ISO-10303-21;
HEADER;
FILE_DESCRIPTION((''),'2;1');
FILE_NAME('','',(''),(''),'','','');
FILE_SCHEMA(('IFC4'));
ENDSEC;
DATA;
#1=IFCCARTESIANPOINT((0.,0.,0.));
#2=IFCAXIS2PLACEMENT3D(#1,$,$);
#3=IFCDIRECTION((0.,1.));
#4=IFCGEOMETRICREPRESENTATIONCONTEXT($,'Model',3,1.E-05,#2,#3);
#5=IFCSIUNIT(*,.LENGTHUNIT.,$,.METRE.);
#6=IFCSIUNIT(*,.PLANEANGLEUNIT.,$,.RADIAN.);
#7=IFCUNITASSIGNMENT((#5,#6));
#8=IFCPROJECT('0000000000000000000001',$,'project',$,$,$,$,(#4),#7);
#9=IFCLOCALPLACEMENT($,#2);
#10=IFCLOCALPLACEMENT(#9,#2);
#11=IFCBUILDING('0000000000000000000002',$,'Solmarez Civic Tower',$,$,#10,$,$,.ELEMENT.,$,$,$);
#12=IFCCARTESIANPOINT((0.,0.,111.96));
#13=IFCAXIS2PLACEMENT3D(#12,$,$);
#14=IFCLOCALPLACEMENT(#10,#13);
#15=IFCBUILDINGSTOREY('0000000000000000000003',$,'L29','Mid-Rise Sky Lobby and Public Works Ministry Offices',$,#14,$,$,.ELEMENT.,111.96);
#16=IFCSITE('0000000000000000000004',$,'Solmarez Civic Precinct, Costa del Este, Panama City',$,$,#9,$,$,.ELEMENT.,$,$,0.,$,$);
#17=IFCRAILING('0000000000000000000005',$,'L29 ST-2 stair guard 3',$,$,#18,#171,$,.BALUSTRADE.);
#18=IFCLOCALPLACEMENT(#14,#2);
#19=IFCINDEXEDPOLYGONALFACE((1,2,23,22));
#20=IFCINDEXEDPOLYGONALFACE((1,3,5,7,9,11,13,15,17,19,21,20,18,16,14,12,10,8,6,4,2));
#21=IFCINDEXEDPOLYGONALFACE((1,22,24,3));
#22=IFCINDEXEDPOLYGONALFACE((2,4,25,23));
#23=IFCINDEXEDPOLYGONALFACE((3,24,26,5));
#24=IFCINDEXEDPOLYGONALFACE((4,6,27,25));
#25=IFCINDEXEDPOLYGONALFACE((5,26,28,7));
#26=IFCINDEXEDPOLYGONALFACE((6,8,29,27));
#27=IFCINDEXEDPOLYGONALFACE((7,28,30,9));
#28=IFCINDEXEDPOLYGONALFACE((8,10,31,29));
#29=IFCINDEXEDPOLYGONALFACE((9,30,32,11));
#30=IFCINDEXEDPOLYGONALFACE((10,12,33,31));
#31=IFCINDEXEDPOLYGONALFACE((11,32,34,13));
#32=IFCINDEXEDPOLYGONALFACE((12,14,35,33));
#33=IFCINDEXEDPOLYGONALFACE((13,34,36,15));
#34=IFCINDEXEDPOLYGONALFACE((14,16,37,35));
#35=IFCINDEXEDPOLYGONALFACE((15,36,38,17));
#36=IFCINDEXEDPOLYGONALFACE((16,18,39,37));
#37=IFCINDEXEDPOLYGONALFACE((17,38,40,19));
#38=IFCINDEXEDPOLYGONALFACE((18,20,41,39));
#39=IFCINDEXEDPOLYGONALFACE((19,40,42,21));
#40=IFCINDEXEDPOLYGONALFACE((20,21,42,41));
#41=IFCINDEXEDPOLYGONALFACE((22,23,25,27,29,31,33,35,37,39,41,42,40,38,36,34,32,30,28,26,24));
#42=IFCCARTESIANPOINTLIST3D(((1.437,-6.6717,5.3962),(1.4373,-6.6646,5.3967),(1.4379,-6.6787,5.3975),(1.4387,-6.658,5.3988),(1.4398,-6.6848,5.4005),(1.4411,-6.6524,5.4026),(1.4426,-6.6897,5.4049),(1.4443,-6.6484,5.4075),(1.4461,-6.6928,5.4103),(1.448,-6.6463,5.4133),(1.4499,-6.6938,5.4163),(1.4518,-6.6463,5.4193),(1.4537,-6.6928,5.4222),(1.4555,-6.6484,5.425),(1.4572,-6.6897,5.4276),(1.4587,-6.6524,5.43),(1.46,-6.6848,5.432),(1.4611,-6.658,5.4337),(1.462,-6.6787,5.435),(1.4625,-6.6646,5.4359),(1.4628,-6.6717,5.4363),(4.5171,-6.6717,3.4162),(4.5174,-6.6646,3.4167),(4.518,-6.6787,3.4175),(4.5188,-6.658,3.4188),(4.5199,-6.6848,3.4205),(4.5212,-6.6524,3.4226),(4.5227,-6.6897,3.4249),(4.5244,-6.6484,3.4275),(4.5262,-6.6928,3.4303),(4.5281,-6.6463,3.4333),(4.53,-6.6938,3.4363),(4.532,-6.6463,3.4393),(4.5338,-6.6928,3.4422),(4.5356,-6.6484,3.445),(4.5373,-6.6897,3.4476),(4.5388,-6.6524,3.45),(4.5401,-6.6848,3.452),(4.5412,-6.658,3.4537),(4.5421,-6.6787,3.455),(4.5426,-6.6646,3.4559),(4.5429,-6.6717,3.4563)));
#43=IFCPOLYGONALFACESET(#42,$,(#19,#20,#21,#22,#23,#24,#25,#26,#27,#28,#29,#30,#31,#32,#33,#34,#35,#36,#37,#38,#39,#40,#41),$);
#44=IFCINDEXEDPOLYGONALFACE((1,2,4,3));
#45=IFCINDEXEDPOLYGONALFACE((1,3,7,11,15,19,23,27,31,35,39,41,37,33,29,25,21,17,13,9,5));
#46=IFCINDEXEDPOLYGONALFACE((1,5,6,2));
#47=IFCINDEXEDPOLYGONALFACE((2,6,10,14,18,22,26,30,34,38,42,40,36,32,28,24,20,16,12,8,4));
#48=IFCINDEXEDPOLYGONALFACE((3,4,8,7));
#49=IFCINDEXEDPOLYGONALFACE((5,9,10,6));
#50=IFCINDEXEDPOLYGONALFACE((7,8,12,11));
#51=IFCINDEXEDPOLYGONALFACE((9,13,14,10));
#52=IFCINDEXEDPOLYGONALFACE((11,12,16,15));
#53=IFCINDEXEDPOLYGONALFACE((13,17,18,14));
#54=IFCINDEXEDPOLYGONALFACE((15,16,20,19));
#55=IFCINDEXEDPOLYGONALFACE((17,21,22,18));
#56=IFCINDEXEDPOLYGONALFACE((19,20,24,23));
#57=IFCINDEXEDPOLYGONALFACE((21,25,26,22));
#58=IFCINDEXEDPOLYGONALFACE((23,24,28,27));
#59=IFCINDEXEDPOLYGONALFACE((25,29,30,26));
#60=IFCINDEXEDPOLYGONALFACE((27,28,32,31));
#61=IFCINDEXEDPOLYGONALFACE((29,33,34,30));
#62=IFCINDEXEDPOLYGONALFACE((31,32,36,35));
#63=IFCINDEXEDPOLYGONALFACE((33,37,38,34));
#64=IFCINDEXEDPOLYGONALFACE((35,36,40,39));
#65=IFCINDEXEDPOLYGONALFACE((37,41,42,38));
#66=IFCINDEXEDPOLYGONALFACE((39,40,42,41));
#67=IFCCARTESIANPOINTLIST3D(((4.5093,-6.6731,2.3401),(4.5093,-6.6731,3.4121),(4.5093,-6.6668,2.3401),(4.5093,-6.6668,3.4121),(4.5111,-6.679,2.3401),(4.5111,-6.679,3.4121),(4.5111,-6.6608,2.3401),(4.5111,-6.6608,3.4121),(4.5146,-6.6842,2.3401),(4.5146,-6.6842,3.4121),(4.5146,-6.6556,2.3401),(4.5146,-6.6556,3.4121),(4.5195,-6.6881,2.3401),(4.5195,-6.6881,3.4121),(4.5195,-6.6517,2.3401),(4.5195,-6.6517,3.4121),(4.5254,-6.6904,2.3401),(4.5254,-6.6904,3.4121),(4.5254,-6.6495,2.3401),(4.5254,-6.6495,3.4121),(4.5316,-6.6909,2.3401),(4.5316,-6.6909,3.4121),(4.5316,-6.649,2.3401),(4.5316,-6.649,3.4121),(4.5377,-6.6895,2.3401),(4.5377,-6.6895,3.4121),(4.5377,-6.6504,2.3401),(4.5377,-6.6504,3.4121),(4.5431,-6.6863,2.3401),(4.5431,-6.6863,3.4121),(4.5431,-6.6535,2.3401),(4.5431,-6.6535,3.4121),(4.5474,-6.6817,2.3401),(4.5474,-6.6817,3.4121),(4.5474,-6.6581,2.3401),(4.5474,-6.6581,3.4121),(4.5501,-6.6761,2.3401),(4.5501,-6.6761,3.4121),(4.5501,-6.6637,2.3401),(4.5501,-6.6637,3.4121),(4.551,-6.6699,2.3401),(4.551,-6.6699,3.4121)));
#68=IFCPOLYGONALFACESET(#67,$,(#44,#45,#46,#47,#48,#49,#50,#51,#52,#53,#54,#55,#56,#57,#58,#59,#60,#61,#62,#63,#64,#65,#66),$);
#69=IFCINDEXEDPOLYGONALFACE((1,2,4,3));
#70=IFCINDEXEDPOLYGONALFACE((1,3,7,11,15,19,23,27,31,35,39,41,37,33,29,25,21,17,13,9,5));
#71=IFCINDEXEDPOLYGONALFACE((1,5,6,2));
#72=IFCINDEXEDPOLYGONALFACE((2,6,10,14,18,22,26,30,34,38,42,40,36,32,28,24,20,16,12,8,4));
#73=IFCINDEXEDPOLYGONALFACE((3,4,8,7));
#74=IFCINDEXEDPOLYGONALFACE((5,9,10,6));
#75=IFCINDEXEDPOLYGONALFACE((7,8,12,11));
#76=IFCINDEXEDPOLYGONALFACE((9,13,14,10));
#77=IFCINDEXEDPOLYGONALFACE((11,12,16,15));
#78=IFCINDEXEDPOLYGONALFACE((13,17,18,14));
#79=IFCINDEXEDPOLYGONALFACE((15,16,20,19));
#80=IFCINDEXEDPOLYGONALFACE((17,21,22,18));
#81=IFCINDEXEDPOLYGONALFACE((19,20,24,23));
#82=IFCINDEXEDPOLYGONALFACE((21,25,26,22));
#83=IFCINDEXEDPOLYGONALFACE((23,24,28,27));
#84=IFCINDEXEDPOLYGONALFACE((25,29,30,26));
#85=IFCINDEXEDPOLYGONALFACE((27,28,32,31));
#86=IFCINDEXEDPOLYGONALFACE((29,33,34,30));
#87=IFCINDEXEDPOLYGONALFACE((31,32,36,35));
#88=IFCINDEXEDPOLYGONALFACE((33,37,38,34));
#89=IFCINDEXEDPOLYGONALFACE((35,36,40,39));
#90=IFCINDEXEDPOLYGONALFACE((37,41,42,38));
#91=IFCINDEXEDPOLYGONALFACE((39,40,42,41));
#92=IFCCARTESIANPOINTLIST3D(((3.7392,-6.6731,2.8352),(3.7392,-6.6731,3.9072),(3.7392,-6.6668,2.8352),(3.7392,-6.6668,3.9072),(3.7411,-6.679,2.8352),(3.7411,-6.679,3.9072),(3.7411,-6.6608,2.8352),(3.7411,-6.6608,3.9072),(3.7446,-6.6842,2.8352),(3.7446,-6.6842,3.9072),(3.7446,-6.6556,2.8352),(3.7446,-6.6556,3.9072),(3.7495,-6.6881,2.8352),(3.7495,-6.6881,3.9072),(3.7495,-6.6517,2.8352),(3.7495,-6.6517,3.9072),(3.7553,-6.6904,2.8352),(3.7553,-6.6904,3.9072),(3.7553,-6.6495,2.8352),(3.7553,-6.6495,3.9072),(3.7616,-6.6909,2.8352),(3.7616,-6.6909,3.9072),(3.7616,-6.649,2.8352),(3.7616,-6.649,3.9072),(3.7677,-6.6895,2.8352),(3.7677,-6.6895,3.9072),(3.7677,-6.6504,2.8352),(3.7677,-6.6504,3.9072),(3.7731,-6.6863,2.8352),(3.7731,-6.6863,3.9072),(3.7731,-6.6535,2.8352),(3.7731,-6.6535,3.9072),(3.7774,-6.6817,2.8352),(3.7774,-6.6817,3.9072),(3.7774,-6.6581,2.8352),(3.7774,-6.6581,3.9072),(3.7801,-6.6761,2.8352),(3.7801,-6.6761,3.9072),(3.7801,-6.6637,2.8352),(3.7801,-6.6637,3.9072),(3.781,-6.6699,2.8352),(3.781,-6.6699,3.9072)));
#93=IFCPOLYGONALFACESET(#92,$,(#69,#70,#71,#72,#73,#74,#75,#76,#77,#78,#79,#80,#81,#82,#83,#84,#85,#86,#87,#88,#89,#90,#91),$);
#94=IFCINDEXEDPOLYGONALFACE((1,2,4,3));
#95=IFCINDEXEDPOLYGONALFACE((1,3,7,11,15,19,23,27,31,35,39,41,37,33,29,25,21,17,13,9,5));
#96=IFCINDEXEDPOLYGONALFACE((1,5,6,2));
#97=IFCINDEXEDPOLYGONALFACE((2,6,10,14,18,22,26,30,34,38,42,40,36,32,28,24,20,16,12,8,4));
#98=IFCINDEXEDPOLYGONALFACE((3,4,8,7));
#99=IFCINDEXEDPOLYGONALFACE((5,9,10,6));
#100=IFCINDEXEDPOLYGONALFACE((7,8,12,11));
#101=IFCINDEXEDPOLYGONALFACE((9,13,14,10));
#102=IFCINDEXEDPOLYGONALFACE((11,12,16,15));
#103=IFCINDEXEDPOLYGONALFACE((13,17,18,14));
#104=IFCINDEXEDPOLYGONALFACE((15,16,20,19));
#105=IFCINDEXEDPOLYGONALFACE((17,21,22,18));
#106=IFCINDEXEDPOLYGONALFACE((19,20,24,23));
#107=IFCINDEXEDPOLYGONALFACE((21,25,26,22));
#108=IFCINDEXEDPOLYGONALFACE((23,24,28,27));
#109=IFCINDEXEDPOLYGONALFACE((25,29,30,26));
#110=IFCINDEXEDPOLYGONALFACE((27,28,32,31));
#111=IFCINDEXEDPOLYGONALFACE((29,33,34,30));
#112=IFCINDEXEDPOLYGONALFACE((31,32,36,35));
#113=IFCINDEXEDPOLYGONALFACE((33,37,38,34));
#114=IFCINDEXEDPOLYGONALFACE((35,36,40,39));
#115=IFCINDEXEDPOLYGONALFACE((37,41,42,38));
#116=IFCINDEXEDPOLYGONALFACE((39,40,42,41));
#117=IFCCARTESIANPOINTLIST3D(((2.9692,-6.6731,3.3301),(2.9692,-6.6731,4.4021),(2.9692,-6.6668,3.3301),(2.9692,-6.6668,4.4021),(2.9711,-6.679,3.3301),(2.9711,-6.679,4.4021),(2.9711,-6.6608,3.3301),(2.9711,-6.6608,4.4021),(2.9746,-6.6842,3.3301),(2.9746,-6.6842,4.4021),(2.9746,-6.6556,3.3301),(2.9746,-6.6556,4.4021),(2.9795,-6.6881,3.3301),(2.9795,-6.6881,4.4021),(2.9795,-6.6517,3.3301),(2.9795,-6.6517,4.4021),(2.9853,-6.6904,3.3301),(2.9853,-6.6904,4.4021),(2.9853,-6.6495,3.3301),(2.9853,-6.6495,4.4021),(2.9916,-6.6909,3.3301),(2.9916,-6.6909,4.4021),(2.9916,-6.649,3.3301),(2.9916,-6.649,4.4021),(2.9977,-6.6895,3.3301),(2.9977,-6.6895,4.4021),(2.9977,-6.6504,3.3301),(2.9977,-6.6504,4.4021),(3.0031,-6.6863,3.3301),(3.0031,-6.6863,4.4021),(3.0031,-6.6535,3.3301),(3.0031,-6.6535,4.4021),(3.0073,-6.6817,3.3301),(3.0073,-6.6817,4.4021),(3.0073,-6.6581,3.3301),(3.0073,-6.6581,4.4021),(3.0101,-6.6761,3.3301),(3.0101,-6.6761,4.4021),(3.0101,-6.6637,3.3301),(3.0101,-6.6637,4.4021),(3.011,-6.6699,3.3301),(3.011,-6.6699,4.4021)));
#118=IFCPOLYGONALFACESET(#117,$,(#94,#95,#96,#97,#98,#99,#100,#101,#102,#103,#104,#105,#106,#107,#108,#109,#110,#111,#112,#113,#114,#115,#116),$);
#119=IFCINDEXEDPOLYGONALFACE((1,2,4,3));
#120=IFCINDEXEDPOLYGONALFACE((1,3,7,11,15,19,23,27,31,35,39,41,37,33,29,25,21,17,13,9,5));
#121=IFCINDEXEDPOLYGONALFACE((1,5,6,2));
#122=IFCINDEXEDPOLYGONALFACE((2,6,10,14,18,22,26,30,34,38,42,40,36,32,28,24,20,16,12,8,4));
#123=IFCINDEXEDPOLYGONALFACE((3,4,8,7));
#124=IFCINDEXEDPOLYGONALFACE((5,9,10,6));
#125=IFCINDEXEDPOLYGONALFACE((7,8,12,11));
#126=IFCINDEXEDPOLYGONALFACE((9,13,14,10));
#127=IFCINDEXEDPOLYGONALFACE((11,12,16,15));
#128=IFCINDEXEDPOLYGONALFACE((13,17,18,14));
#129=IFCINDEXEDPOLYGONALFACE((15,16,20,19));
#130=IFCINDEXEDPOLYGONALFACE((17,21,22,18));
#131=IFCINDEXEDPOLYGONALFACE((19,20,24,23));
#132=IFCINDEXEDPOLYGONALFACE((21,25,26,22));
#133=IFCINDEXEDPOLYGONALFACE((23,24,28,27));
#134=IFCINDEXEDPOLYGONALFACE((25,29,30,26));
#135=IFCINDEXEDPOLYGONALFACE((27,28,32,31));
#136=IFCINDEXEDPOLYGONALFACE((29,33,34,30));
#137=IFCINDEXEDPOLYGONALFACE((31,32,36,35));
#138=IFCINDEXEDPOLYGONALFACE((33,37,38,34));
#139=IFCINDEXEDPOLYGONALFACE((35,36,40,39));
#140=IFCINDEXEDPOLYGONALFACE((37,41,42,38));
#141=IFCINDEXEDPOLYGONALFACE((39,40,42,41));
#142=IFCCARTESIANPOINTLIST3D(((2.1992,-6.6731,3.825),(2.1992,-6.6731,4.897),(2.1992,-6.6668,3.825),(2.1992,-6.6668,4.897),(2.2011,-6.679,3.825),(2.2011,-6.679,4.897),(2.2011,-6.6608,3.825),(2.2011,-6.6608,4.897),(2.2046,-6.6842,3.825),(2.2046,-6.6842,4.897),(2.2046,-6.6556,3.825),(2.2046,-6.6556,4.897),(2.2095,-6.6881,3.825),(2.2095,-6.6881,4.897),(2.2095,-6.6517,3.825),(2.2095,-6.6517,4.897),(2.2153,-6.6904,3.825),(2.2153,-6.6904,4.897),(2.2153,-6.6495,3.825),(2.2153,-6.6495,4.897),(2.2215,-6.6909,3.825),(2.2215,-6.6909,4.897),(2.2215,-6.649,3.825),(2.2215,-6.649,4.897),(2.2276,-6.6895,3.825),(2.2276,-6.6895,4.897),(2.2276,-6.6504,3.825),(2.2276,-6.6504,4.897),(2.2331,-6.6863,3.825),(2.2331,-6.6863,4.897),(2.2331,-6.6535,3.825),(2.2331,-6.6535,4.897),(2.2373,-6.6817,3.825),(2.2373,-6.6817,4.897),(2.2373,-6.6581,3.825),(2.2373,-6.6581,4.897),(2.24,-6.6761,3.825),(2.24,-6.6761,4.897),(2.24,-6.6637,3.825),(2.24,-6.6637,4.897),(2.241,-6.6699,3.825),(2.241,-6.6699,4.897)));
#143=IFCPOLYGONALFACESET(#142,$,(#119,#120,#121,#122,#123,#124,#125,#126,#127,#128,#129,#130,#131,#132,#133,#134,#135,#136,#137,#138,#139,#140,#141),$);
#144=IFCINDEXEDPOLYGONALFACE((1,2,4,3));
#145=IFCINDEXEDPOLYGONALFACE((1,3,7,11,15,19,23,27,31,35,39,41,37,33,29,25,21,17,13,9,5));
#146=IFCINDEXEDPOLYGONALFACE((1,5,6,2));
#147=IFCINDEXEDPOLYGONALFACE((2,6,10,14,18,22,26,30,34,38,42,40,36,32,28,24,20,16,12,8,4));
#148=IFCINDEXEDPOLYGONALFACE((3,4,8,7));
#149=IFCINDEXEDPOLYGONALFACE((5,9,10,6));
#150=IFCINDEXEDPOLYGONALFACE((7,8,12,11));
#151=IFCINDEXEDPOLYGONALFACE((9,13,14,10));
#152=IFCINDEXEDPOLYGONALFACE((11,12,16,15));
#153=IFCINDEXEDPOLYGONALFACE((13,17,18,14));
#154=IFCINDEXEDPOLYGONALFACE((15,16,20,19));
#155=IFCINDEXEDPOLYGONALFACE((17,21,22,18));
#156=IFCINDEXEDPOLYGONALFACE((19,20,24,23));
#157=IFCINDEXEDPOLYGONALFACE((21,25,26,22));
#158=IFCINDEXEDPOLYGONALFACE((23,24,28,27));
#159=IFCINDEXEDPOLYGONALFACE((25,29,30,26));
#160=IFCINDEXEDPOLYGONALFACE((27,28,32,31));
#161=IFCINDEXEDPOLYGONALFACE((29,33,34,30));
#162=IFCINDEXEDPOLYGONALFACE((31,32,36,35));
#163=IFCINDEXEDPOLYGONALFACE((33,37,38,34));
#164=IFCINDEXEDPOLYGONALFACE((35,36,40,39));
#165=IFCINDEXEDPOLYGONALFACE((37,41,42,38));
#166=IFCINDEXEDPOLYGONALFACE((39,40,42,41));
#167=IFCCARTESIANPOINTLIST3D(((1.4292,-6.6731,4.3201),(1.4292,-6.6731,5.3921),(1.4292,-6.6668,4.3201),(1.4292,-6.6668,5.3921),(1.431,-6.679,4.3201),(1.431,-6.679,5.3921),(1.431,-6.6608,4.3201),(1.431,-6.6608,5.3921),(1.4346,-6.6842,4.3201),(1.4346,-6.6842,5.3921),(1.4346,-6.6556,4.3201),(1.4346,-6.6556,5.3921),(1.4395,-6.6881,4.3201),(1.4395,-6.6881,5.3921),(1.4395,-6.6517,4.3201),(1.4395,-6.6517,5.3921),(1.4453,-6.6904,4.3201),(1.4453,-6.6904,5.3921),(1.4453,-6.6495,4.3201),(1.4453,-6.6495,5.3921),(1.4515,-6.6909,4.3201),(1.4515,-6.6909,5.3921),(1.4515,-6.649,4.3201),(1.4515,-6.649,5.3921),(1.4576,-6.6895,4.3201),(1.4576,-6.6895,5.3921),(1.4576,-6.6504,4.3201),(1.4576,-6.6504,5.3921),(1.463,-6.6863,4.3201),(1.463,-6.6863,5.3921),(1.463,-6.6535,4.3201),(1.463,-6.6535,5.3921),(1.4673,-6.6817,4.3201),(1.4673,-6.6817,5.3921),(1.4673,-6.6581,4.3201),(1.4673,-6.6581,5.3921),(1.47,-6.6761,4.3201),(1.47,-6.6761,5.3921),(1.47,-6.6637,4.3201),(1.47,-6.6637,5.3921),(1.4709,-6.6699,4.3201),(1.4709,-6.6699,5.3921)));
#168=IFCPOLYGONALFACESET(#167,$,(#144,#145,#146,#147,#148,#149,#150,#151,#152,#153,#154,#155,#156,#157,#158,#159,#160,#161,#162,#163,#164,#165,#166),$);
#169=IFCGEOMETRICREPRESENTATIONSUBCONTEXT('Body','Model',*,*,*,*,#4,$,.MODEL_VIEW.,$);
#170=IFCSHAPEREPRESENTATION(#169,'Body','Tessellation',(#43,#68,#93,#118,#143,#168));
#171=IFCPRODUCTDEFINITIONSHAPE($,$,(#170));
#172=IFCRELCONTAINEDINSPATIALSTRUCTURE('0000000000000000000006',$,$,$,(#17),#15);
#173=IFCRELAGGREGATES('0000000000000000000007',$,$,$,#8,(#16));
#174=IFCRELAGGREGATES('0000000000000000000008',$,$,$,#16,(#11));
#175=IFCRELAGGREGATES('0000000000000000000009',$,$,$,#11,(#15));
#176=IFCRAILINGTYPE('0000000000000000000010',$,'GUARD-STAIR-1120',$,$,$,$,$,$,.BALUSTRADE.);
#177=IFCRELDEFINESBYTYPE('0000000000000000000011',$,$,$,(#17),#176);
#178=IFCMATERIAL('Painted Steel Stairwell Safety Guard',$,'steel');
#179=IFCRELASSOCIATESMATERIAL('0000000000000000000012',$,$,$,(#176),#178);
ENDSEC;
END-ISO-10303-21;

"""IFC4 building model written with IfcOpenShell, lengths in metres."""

from ifc_helpers import new_model, si_unit, direction, frame, origin, origin_2d, place, context, subcontext, project, spatial, circle, extrude, material, type_object, element, save


model = new_model("IFC4")

# Units and contexts
model_context = context("Model", 3, precision=1e-05, world=origin(), true_north=direction((0.0, 1.0)))
body_context = subcontext(model_context, "Body", "Model", "MODEL_VIEW")
ifc_project = project(units=[si_unit("LENGTHUNIT", "METRE"), si_unit("PLANEANGLEUNIT", "RADIAN")], contexts=[model_context])

# Site, building, storey
site_placement = place(None, origin())
site = spatial("IfcSite", under=ifc_project, at=site_placement, Name="Solmarez Civic Precinct, Costa del Este, Panama City", CompositionType="ELEMENT", RefElevation=0.0)
building_placement = place(site_placement, origin())
building = spatial("IfcBuilding", under=site, at=building_placement, Name="Solmarez Civic Tower", CompositionType="ELEMENT")
storey_placement = place(building_placement, frame((0.0, 0.0, 111.96)))
storey = spatial("IfcBuildingStorey", under=building, at=storey_placement, Name="L29", Description="Mid-Rise Sky Lobby and Public Works Ministry Offices", CompositionType="ELEMENT", Elevation=111.96)

# Railing
ifc_material_1 = material(Name="Painted Steel Stairwell Safety Guard", Category="steel")
railing_type_1 = type_object("IfcRailingType", Name="GUARD-STAIR-1120", PredefinedType="BALUSTRADE", material=ifc_material_1)
railing_1_placement = place(storey_placement, frame((4.53, -6.6699, 2.3401)))
element("IfcRailing", 1, at=railing_1_placement, inside=storey, type_object=railing_type_1, Name="L29 ST-2 stair guard 3", PredefinedType="BALUSTRADE", context=body_context, shape_type="SweptSolid", body=[
    extrude(circle(Radius=0.0239, at=origin_2d()), frame((0.0, 0.0, 1.0962), z_axis=(-0.841187, 0.0, 0.540744), x_axis=(0.0, -1.0, 0.0)), (0.0, 0.0, 1.0), 3.6616),
    extrude(circle(Radius=0.021, at=origin_2d()), origin(), (0.0, 0.0, 1.0), 1.072),
    extrude(circle(Radius=0.021, at=origin_2d()), frame((-0.77, 0.0, 0.4951)), (0.0, 0.0, 1.0), 1.072),
    extrude(circle(Radius=0.021, at=origin_2d()), frame((-1.54, 0.0, 0.99)), (0.0, 0.0, 1.0), 1.072),
    extrude(circle(Radius=0.021, at=origin_2d()), frame((-2.3101, 0.0, 1.4849)), (0.0, 0.0, 1.0), 1.072),
    extrude(circle(Radius=0.021, at=origin_2d()), frame((-3.0801, 0.0, 1.98)), (0.0, 0.0, 1.0), 1.072),
])

save(model, "model.ifc")
